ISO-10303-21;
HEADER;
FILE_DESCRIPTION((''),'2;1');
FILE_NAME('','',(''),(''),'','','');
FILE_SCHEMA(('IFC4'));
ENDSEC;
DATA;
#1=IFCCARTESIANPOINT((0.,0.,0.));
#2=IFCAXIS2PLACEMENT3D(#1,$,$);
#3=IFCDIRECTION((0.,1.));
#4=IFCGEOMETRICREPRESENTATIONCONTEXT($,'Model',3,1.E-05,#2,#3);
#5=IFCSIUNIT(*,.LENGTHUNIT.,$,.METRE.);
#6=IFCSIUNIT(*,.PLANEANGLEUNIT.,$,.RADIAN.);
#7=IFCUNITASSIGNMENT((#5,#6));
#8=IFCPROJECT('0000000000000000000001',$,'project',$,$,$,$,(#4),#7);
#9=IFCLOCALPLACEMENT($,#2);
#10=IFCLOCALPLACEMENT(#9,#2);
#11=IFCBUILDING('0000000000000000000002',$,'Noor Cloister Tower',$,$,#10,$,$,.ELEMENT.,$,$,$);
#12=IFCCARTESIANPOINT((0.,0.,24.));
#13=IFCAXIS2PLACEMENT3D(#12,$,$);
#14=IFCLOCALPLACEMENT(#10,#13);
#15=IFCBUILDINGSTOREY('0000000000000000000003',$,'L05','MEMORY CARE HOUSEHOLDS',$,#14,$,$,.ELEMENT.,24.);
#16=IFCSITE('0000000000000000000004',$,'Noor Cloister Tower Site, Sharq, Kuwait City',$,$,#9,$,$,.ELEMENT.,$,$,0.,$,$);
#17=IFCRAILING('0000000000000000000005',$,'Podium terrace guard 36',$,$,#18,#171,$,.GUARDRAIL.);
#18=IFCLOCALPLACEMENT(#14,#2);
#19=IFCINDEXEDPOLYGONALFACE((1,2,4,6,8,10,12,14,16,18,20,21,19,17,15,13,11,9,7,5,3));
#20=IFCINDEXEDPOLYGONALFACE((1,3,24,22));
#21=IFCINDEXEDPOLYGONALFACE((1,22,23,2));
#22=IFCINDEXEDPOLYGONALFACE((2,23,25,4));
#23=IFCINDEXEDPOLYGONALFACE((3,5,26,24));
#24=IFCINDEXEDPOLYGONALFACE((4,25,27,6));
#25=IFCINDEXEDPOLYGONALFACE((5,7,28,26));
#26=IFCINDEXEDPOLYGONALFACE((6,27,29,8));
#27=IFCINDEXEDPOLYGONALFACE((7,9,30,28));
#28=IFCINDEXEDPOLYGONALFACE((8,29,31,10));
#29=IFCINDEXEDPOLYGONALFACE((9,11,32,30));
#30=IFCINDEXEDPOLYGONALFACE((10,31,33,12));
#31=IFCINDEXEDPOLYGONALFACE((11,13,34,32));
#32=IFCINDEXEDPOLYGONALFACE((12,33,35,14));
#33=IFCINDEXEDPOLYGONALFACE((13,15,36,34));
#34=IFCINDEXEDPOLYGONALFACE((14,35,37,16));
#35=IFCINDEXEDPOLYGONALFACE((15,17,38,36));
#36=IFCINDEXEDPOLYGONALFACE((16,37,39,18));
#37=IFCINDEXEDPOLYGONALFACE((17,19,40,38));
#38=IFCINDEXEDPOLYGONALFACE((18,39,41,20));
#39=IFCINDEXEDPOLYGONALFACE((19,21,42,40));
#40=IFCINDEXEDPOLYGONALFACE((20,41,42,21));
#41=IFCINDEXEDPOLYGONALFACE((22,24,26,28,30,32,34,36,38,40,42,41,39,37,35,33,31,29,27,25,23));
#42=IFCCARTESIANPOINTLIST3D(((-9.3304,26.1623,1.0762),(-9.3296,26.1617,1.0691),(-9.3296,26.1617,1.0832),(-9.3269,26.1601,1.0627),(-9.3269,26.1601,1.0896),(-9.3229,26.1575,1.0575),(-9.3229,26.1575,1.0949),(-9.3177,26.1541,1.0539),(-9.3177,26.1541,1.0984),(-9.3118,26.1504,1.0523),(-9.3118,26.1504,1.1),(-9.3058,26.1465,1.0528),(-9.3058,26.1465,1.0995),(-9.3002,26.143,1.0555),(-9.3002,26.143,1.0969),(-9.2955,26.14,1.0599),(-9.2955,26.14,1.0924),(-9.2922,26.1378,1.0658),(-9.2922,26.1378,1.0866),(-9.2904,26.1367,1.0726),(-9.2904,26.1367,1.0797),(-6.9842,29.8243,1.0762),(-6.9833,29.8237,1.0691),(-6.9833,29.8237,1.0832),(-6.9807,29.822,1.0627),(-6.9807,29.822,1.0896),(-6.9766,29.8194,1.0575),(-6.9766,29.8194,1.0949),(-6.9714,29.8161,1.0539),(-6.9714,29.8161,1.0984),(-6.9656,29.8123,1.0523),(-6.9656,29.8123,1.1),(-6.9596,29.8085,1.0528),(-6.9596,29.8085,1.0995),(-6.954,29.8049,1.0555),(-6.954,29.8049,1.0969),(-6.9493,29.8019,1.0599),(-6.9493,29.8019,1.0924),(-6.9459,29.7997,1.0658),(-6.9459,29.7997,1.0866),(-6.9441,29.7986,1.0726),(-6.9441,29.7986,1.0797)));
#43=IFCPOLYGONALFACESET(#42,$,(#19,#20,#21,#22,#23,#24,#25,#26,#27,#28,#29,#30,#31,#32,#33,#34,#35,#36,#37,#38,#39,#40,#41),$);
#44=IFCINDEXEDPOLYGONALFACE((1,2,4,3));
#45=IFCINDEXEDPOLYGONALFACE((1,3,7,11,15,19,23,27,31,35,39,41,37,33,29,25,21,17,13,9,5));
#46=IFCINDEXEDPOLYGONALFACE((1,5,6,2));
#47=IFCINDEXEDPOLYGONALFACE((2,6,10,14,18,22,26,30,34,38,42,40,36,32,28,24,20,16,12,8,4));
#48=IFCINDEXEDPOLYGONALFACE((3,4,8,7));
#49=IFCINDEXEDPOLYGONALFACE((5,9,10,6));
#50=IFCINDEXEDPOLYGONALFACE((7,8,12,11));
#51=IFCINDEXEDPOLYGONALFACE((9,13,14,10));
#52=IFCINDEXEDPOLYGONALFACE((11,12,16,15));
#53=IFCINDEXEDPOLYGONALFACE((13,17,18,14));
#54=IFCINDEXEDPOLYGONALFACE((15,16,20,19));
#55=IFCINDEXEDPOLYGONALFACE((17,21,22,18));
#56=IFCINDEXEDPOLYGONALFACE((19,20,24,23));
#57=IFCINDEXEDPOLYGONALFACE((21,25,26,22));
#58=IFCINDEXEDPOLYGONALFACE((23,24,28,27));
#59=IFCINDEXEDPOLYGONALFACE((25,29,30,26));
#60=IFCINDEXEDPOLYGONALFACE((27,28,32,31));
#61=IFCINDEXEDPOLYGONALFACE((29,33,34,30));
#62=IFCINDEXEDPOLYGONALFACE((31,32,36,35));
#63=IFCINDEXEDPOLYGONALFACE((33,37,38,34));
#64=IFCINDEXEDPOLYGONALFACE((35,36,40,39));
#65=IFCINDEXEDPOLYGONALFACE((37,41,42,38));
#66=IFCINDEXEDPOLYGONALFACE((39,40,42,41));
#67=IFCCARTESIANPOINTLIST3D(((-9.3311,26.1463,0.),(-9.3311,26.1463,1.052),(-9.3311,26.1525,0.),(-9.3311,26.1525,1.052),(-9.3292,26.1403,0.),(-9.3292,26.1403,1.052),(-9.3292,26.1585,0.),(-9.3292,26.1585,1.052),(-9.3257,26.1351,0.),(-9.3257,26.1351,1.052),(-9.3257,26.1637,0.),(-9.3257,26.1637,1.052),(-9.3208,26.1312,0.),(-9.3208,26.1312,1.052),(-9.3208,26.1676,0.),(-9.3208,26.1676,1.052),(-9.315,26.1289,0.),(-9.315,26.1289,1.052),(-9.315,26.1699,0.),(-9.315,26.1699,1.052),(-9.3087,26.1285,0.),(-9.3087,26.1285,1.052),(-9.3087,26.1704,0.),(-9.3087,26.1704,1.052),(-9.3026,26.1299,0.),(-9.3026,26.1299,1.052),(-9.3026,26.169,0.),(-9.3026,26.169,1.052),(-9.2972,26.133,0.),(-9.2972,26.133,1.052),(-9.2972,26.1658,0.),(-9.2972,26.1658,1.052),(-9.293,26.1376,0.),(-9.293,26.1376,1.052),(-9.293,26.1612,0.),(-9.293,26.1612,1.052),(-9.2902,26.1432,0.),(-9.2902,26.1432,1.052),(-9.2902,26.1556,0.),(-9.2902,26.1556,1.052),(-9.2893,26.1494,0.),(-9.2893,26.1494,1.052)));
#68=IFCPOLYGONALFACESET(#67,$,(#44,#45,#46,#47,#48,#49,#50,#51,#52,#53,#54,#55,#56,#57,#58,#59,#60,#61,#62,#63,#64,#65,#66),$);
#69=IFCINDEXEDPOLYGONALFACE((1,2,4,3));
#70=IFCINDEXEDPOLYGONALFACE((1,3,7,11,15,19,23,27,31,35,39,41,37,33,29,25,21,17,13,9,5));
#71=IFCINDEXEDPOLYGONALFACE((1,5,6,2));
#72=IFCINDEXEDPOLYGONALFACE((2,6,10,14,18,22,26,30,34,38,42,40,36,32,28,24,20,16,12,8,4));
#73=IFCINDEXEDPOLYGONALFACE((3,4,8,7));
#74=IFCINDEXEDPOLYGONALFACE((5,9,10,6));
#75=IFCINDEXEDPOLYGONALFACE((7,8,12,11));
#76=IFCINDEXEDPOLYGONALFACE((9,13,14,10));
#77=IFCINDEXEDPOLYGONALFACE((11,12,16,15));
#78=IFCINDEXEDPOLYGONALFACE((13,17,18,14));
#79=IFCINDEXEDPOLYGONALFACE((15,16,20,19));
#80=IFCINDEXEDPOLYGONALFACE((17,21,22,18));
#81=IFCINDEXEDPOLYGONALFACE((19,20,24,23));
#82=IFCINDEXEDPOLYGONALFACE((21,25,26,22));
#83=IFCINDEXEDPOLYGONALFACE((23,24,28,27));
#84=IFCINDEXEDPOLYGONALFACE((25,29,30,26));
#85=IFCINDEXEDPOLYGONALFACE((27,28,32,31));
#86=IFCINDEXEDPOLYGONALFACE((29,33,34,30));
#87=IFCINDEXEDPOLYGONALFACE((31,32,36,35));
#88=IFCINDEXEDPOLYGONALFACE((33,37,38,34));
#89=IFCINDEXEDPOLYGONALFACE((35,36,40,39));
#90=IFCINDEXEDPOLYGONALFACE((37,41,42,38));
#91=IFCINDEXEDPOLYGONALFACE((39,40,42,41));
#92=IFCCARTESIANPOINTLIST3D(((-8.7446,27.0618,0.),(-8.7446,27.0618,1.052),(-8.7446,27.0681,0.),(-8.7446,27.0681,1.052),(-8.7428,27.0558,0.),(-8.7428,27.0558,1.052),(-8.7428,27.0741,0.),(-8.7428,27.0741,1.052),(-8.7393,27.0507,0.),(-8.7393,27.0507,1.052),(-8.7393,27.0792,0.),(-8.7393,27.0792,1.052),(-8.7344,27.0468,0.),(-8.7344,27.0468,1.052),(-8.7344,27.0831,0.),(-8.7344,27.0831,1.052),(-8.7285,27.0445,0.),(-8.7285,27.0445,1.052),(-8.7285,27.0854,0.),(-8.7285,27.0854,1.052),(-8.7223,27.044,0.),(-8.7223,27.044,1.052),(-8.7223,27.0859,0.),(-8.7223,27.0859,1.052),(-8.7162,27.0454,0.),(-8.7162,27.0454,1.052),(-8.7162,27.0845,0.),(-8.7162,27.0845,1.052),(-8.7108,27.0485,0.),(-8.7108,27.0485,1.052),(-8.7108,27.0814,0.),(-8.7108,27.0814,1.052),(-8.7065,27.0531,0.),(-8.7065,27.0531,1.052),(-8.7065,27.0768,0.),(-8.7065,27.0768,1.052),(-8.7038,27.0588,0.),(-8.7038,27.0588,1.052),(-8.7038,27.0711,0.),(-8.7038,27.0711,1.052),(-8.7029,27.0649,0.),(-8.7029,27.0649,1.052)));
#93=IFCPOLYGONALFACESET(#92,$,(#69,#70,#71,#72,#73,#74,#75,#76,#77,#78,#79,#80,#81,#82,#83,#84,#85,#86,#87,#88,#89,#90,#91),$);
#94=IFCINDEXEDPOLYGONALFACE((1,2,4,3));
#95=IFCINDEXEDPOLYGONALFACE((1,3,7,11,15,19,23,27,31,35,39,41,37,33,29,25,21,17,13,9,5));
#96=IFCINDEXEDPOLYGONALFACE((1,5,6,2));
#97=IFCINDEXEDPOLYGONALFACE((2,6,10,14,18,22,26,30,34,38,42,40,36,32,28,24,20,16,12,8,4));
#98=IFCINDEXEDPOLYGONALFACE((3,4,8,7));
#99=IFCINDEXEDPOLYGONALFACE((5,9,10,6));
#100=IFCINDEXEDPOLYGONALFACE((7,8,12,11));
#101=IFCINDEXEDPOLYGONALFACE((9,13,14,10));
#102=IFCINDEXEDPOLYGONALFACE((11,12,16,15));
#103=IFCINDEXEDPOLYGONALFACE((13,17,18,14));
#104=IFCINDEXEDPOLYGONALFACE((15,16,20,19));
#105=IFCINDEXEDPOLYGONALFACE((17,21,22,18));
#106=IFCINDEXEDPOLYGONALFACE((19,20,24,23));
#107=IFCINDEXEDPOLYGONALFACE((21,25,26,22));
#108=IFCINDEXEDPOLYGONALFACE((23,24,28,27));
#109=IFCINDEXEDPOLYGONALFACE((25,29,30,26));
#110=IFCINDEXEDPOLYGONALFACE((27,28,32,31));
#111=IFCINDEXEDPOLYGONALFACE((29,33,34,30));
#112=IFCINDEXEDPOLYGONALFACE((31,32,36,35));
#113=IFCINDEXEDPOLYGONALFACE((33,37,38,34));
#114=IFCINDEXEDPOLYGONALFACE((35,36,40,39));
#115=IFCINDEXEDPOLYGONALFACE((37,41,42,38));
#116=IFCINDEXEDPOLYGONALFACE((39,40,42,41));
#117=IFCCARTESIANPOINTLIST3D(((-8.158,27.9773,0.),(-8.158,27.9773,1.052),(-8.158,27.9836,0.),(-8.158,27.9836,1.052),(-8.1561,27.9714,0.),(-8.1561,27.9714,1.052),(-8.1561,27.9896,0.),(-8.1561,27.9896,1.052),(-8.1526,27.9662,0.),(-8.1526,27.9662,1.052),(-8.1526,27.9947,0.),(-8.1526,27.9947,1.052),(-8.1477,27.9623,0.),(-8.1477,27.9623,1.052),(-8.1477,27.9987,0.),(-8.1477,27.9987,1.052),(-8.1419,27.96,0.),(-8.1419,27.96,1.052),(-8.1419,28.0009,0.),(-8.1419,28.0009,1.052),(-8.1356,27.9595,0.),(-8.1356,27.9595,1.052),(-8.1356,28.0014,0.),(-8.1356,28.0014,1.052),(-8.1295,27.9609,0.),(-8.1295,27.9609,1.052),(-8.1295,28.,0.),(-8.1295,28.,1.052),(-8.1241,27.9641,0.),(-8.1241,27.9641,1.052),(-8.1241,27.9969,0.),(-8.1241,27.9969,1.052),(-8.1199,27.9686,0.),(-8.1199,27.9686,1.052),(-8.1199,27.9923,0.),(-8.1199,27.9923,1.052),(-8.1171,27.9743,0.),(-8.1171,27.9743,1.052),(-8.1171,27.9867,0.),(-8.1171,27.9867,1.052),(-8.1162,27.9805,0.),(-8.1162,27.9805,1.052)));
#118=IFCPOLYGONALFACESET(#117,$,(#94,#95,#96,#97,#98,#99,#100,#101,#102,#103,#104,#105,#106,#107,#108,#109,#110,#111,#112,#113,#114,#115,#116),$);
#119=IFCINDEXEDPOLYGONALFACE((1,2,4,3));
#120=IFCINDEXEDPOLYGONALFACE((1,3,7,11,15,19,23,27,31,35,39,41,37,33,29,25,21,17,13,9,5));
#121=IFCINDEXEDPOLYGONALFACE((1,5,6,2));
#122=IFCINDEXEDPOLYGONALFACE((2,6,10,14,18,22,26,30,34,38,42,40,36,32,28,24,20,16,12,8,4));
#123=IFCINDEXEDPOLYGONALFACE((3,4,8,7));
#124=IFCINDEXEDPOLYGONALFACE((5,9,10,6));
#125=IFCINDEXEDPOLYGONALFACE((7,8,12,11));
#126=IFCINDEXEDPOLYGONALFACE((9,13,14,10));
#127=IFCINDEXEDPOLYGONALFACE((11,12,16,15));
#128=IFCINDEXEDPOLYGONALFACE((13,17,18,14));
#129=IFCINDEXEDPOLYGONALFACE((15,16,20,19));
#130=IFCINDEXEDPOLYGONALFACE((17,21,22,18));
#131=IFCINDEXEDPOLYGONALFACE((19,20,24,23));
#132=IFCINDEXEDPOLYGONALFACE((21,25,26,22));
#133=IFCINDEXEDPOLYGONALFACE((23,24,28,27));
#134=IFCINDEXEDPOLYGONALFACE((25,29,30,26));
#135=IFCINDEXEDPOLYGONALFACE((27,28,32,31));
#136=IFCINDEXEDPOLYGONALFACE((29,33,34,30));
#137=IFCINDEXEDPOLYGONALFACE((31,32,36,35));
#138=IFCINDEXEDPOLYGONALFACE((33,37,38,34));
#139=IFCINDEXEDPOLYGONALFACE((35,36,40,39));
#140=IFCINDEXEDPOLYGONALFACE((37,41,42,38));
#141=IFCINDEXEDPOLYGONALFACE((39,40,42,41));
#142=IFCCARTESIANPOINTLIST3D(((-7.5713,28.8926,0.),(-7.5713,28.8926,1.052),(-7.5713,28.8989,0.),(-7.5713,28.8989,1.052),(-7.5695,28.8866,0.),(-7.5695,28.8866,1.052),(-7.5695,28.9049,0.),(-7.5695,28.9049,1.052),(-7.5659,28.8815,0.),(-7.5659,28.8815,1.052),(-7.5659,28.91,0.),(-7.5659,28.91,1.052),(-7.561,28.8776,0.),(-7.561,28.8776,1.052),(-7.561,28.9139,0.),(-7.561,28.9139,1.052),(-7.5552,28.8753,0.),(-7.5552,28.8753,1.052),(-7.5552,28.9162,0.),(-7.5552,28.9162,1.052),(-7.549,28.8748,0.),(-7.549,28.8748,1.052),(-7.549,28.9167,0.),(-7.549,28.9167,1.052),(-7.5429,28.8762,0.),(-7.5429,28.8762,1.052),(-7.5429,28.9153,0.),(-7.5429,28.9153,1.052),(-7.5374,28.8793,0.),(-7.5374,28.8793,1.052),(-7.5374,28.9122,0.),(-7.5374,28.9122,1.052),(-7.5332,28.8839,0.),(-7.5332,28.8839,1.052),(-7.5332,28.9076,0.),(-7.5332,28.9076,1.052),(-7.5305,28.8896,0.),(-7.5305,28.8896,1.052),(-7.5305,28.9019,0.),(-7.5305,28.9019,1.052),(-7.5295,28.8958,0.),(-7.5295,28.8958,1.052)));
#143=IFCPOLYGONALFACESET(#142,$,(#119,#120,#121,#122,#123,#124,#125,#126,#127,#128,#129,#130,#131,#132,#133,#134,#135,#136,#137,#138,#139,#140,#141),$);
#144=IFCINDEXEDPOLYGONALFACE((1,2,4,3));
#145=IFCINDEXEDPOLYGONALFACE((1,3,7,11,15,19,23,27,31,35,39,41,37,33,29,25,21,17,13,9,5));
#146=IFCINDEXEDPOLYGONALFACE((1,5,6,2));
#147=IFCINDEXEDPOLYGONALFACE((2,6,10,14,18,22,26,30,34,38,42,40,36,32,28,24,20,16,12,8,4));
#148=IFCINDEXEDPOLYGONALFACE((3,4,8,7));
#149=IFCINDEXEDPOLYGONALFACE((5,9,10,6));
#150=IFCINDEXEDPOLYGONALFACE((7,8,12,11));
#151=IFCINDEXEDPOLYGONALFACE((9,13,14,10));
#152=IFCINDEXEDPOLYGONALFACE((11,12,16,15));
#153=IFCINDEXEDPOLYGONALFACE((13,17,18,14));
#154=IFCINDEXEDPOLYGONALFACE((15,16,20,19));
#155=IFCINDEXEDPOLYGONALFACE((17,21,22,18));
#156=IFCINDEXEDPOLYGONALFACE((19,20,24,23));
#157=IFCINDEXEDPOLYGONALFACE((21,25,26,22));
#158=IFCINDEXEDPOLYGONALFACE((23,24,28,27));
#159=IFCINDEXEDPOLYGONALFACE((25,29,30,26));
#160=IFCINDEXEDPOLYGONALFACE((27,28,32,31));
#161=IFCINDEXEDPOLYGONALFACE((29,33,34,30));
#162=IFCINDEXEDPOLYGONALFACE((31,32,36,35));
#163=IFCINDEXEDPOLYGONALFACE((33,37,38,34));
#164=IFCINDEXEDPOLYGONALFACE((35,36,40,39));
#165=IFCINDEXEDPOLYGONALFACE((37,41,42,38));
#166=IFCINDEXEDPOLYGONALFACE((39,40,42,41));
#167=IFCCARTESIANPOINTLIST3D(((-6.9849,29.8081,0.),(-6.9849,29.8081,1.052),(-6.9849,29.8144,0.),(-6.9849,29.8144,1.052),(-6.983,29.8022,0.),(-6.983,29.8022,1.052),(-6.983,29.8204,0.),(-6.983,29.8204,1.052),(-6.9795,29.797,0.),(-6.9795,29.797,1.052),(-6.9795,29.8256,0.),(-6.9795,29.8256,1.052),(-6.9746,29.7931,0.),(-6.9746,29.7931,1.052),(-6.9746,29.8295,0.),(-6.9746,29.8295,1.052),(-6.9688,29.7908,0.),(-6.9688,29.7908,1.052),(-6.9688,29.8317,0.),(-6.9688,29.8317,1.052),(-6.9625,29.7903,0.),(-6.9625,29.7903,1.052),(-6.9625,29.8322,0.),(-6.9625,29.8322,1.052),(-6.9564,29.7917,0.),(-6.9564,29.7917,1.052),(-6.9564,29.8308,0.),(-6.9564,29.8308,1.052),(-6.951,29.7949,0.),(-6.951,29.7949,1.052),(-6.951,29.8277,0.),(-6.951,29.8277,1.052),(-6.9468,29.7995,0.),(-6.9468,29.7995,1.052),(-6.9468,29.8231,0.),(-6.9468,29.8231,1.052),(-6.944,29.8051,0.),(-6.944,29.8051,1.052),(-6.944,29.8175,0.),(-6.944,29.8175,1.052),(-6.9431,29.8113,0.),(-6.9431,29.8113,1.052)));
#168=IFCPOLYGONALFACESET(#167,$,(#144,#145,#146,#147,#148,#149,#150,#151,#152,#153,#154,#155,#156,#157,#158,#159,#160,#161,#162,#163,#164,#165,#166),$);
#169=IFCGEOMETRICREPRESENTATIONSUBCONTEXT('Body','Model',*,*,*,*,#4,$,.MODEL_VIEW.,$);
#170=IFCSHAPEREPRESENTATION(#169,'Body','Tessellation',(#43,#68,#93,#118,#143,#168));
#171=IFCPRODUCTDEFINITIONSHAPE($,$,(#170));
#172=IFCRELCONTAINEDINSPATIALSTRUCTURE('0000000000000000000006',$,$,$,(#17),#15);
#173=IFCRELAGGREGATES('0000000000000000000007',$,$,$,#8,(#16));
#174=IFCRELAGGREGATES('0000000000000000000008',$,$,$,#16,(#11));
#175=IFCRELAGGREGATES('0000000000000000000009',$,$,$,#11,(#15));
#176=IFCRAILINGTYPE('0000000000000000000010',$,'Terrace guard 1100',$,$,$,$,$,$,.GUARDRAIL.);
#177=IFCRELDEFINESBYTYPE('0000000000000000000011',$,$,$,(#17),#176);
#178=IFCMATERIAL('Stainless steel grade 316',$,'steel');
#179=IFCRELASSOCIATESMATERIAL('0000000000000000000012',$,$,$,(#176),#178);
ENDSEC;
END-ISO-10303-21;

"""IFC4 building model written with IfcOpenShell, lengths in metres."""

from ifc_helpers import new_model, si_unit, direction, frame, origin, origin_2d, place, context, subcontext, project, spatial, circle, extrude, material, type_object, element, save


model = new_model("IFC4")

# Units and contexts
model_context = context("Model", 3, precision=1e-05, world=origin(), true_north=direction((0.0, 1.0)))
body_context = subcontext(model_context, "Body", "Model", "MODEL_VIEW")
ifc_project = project(units=[si_unit("LENGTHUNIT", "METRE"), si_unit("PLANEANGLEUNIT", "RADIAN")], contexts=[model_context])

# Site, building, storey
site_placement = place(None, origin())
site = spatial("IfcSite", under=ifc_project, at=site_placement, Name="Noor Cloister Tower Site, Sharq, Kuwait City", CompositionType="ELEMENT", RefElevation=0.0)
building_placement = place(site_placement, origin())
building = spatial("IfcBuilding", under=site, at=building_placement, Name="Noor Cloister Tower", CompositionType="ELEMENT")
storey_placement = place(building_placement, frame((0.0, 0.0, 24.0)))
storey = spatial("IfcBuildingStorey", under=building, at=storey_placement, Name="L05", Description="MEMORY CARE HOUSEHOLDS", CompositionType="ELEMENT", Elevation=24.0)

# Railing
ifc_material_1 = material(Name="Stainless steel grade 316", Category="steel")
railing_type = type_object("IfcRailingType", Name="Terrace guard 1100", PredefinedType="GUARDRAIL", material=ifc_material_1)
railing_1_placement = place(storey_placement, frame((-9.3103, 26.1494, 0.0)))
element("IfcRailing", 1, at=railing_1_placement, inside=storey, type_object=railing_type, Name="Podium terrace guard 36", PredefinedType="GUARDRAIL", context=body_context, shape_type="SweptSolid", body=[
    extrude(circle(Radius=0.0239, at=origin_2d()), frame((0.0, 0.0, 1.0762), z_axis=(0.539477, 0.842, 0.0), x_axis=(-0.842, 0.539477, 0.0)), (0.0, 0.0, 1.0), 4.3491),
    extrude(circle(Radius=0.021, at=origin_2d()), origin(), (0.0, 0.0, 1.0), 1.052),
    extrude(circle(Radius=0.021, at=origin_2d()), frame((0.5864, 0.9155, 0.0)), (0.0, 0.0, 1.0), 1.052),
    extrude(circle(Radius=0.021, at=origin_2d()), frame((1.1731, 1.8311, 0.0)), (0.0, 0.0, 1.0), 1.052),
    extrude(circle(Radius=0.021, at=origin_2d()), frame((1.7598, 2.7463, 0.0)), (0.0, 0.0, 1.0), 1.052),
    extrude(circle(Radius=0.021, at=origin_2d()), frame((2.3462, 3.6619, 0.0)), (0.0, 0.0, 1.0), 1.052),
])

save(model, "model.ifc")
